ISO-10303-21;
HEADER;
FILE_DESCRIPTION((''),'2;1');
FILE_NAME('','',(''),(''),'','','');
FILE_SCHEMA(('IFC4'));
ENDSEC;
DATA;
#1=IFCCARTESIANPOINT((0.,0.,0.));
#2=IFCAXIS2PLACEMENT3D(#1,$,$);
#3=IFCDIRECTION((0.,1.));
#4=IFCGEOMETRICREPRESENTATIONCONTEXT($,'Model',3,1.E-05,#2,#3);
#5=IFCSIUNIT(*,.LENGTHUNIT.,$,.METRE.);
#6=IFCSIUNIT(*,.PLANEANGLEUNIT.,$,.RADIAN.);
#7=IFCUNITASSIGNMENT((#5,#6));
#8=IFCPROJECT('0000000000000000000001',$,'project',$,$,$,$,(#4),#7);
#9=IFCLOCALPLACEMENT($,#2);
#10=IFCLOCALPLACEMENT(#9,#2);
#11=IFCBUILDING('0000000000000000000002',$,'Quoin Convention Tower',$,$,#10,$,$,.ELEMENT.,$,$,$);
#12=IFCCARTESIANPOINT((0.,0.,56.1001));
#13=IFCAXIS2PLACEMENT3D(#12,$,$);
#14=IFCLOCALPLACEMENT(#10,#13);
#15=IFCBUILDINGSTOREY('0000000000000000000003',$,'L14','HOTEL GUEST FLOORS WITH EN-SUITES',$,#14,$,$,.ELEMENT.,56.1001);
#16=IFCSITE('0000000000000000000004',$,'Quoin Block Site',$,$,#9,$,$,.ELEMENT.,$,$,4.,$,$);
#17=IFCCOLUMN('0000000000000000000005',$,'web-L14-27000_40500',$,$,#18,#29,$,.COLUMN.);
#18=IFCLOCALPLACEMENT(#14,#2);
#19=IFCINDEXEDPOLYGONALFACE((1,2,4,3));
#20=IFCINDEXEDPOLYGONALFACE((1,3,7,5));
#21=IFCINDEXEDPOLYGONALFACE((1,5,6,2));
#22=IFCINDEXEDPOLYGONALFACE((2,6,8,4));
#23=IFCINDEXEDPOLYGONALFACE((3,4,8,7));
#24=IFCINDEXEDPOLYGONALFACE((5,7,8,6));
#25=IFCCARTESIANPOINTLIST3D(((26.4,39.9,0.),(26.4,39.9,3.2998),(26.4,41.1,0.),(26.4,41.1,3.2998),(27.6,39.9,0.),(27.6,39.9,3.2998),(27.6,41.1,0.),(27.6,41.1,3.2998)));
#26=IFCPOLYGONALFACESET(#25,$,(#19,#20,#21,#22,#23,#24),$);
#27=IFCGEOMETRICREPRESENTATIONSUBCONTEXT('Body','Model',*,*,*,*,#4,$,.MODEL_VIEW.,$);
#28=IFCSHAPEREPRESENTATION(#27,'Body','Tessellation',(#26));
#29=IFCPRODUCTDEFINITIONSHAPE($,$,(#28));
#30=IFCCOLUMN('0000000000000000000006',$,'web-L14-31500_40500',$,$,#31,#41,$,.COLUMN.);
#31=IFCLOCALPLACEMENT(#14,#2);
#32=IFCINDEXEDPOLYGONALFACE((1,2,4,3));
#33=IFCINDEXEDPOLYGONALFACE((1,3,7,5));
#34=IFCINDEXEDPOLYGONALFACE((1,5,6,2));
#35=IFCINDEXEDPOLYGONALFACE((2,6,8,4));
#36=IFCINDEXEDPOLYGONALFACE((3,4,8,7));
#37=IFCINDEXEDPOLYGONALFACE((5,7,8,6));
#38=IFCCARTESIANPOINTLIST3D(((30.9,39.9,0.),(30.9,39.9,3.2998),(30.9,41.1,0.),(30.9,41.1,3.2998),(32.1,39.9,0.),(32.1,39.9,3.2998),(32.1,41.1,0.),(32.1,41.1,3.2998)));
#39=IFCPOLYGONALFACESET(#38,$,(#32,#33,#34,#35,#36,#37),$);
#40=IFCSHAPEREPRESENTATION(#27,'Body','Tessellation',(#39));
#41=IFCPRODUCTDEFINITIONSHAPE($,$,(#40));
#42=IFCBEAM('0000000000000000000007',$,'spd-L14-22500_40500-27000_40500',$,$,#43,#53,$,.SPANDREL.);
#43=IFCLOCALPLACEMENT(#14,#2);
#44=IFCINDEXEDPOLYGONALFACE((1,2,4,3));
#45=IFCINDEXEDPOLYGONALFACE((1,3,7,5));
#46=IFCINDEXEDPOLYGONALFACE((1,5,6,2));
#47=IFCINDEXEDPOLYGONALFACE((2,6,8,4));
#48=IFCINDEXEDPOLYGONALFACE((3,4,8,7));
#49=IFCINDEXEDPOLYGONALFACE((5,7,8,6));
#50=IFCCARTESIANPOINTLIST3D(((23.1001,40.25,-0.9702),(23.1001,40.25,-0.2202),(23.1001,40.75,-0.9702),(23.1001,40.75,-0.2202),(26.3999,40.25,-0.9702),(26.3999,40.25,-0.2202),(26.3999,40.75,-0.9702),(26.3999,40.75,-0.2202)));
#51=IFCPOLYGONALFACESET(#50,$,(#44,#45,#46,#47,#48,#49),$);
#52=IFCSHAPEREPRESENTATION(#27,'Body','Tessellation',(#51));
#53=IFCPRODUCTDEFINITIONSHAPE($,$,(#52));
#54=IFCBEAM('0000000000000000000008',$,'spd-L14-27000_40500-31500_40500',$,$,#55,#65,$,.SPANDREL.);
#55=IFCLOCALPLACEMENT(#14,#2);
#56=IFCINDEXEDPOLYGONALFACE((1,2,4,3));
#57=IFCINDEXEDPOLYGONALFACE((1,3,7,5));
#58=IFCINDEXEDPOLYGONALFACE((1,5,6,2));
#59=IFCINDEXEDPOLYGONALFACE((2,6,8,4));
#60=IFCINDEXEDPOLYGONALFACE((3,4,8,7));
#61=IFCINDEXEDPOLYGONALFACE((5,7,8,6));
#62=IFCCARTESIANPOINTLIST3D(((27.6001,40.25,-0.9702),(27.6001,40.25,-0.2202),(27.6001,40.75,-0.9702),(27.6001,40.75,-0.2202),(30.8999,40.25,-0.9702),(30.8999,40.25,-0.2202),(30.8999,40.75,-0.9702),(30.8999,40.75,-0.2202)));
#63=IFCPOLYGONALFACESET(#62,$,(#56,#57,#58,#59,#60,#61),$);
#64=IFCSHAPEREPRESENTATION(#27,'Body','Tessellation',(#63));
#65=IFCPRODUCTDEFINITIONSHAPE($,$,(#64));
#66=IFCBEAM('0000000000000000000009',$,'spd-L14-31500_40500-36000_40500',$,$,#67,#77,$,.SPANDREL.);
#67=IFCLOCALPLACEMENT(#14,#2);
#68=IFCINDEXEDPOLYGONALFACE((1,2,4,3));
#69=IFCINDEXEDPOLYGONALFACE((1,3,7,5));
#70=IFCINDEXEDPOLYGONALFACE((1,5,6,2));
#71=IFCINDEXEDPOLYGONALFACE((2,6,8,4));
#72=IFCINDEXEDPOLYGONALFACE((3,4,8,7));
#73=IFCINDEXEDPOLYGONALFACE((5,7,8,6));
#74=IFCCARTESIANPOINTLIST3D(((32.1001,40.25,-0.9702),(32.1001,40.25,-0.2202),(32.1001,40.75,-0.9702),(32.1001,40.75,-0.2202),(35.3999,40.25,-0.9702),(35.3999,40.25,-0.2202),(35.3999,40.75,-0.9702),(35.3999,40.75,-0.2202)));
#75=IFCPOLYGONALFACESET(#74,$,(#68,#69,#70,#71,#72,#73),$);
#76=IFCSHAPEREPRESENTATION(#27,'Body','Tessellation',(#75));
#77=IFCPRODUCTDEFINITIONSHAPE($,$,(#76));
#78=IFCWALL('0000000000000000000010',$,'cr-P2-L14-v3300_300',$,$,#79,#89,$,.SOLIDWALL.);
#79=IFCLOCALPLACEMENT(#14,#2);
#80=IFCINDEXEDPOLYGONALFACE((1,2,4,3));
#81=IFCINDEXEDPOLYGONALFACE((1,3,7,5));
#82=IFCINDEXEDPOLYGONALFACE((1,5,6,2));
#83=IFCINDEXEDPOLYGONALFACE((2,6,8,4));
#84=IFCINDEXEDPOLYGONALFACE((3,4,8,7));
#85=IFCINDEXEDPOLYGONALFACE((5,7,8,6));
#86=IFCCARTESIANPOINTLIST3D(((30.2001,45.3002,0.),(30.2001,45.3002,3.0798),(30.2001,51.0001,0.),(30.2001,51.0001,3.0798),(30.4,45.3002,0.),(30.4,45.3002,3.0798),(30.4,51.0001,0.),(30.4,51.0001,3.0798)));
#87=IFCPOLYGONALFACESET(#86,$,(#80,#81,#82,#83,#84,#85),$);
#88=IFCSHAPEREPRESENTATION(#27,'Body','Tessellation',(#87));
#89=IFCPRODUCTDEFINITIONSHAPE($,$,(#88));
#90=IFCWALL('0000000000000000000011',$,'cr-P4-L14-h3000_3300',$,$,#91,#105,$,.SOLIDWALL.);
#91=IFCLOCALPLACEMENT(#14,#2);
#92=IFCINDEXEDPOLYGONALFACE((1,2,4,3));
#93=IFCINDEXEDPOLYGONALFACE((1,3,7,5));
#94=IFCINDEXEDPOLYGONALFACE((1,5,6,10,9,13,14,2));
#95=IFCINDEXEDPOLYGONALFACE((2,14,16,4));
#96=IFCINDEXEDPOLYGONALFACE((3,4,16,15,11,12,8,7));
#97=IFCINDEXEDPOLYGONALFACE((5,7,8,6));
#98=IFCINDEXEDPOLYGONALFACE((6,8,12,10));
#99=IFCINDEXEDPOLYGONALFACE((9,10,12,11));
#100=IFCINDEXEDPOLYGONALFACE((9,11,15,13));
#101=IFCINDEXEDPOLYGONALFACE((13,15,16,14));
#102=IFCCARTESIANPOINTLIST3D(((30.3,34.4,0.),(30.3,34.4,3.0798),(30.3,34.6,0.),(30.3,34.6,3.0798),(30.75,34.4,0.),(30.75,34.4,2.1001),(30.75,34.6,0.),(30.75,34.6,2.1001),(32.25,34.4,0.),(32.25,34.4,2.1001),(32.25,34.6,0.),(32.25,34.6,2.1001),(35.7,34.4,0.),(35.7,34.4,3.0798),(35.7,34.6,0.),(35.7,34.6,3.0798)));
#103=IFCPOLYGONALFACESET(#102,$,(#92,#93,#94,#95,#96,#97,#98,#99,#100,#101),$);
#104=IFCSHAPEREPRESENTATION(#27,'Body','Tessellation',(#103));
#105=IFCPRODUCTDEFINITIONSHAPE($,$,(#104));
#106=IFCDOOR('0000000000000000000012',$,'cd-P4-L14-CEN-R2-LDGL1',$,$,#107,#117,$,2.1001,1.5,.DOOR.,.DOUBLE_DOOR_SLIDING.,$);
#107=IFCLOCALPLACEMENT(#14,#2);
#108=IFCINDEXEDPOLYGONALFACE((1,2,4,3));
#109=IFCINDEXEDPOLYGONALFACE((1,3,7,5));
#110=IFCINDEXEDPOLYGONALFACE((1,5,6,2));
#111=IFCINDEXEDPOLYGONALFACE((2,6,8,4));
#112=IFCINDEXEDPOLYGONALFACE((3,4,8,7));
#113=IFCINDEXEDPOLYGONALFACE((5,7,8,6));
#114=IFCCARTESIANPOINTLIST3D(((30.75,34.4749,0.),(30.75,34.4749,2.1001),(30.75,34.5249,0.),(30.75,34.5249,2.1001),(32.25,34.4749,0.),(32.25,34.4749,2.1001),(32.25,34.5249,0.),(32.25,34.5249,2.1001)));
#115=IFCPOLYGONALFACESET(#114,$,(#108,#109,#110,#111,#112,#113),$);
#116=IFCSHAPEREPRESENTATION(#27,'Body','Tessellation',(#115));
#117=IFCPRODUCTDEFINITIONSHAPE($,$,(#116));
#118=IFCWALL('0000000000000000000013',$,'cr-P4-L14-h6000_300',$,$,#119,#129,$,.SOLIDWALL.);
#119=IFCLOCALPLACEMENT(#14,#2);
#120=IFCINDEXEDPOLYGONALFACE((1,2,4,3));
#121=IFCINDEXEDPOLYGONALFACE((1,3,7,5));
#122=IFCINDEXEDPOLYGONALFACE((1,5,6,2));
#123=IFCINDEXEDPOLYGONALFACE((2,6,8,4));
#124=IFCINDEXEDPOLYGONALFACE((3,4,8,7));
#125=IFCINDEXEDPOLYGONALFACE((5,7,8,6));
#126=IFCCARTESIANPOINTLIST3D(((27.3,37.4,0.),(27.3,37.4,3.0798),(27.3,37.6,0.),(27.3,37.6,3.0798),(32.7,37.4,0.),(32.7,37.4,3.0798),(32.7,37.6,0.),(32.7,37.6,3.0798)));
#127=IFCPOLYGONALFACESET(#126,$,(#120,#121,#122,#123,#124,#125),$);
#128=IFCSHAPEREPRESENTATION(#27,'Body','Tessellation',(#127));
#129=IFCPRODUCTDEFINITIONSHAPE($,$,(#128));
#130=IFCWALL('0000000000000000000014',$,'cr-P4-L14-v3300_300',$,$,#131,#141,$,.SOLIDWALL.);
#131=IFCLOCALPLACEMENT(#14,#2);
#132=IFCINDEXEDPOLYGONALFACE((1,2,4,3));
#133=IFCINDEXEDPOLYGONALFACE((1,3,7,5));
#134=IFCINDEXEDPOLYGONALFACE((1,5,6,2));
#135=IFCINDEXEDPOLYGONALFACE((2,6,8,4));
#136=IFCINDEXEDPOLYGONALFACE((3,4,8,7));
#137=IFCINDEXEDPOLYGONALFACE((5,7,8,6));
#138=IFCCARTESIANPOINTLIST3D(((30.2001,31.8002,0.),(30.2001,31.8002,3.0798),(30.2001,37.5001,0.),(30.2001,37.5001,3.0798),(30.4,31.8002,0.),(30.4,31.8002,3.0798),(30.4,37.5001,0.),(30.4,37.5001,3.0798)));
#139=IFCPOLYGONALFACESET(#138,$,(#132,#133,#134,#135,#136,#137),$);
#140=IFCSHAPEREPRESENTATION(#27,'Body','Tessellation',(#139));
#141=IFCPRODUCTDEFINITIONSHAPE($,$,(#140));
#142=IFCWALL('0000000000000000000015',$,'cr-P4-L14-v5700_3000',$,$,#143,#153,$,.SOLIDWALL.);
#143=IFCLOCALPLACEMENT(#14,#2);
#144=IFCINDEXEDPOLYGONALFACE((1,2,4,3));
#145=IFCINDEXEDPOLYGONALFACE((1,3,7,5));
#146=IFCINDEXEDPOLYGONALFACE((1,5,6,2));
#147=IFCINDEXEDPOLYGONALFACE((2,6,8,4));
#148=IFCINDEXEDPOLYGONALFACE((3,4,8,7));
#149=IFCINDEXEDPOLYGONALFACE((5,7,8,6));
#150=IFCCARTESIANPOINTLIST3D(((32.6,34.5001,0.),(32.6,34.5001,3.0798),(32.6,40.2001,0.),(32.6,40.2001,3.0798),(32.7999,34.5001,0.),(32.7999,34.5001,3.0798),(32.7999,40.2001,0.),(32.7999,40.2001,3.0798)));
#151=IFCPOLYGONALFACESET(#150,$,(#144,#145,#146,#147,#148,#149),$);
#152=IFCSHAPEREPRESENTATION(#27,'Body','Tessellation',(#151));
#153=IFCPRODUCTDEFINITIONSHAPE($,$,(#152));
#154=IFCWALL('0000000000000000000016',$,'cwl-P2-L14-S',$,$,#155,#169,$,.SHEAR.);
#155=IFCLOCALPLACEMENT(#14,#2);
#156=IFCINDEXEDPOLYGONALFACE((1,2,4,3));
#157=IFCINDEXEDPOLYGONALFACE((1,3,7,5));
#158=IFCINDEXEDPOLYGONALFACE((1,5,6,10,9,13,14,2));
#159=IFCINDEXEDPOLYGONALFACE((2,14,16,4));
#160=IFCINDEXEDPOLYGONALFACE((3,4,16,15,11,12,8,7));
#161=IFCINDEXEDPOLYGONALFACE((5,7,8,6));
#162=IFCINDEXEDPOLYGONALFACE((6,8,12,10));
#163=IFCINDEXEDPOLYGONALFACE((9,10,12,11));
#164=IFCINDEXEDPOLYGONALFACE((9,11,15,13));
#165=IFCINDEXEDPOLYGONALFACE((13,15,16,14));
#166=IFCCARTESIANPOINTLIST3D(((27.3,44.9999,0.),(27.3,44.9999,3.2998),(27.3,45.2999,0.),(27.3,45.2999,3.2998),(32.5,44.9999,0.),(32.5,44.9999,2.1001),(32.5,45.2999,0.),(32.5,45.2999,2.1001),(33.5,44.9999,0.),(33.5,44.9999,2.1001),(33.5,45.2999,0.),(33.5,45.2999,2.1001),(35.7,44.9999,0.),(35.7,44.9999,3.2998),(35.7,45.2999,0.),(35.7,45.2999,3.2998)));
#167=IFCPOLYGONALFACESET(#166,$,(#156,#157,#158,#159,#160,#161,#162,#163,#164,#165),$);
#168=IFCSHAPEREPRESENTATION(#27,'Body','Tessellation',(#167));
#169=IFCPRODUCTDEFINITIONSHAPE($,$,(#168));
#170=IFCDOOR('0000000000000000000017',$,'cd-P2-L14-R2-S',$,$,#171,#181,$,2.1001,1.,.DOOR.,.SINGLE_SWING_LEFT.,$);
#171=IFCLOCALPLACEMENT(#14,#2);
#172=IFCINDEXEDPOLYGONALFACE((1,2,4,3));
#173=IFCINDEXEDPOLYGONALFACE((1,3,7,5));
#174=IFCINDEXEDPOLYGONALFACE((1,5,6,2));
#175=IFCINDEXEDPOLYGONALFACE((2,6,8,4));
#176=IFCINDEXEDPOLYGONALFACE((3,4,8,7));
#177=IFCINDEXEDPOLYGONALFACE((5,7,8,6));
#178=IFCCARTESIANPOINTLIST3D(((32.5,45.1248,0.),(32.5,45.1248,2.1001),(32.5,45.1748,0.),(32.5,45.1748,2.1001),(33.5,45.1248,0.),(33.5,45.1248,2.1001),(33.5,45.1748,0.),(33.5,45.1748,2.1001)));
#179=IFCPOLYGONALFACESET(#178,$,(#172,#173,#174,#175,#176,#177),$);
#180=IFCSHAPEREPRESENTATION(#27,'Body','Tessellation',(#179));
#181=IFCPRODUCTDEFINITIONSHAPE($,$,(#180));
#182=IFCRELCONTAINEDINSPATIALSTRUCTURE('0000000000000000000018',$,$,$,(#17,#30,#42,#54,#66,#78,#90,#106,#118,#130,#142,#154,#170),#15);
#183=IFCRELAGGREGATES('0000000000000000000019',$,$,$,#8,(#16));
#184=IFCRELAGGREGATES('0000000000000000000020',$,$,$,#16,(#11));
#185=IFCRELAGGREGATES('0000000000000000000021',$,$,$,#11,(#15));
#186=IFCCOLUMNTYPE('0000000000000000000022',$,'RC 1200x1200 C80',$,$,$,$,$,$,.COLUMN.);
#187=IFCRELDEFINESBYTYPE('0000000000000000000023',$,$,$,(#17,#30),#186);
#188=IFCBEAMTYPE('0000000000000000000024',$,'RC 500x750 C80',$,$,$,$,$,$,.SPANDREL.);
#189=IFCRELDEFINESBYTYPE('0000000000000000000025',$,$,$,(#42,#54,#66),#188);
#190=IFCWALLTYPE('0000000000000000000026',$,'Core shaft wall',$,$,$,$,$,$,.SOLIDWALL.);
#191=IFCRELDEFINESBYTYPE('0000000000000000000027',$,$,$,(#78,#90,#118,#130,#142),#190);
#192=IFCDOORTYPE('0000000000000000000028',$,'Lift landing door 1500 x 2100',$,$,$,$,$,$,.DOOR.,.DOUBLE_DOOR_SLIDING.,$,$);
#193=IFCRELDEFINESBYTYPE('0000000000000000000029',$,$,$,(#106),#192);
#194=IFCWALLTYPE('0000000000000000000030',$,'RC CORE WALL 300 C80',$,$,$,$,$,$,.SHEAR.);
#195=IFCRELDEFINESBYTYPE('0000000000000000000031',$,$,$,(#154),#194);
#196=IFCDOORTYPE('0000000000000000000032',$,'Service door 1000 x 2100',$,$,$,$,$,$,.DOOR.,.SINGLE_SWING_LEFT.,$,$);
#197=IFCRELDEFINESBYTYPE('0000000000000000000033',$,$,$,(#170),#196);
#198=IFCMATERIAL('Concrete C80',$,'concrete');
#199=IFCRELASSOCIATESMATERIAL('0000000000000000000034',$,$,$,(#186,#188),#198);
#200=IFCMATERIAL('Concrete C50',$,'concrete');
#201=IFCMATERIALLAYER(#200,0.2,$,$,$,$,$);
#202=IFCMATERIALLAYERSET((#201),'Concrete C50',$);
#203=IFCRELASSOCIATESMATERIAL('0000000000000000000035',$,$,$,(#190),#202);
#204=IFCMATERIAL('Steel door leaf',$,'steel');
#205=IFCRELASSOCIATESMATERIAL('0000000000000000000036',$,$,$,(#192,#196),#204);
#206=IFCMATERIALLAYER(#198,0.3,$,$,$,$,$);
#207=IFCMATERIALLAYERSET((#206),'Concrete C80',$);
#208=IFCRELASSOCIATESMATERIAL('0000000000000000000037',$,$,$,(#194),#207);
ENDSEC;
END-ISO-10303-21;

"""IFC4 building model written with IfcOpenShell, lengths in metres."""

from ifc_helpers import new_model, si_unit, direction, frame, frame_2d, origin, origin_2d, place, context, subcontext, project, spatial, rectangle, extrude, material, layer, layer_set, material_profile, profile_set, type_object, element, fill, save


model = new_model("IFC4")

# Units and contexts
model_context = context("Model", 3, precision=1e-05, world=origin(), true_north=direction((0.0, 1.0)))
body_context = subcontext(model_context, "Body", "Model", "MODEL_VIEW")
ifc_project = project(units=[si_unit("LENGTHUNIT", "METRE"), si_unit("PLANEANGLEUNIT", "RADIAN")], contexts=[model_context])

# Site, building, storey
site_placement = place(None, origin())
site = spatial("IfcSite", under=ifc_project, at=site_placement, Name="Quoin Block Site", CompositionType="ELEMENT", RefElevation=4.0)
building_placement = place(site_placement, origin())
building = spatial("IfcBuilding", under=site, at=building_placement, Name="Quoin Convention Tower", CompositionType="ELEMENT")
storey_placement = place(building_placement, frame((0.0, 0.0, 56.1001)))
storey = spatial("IfcBuildingStorey", under=building, at=storey_placement, Name="L14", Description="HOTEL GUEST FLOORS WITH EN-SUITES", CompositionType="ELEMENT", Elevation=56.1001)

# Columns
ifc_material_1 = material(Name="Concrete C80", Category="concrete")
ifc_material_profile_1 = material_profile(ifc_material_1, rectangle(XDim=1.2, YDim=1.2, at=origin_2d()), Name="RC 1200x1200")
ifc_profile_set_1 = profile_set([ifc_material_profile_1], Name="Concrete C80")
column_type = type_object("IfcColumnType", Name="RC 1200x1200 C80", PredefinedType="COLUMN", material=ifc_profile_set_1)
for number, where, z_axis, x_axis, name in (
    (1, (27.0, 40.5, 0.0), (0.0, 0.0, 1.0), (1.0, 0.0, 0.0), "web-L14-27000_40500"),
    (2, (31.5, 40.5, 0.0), (0.0, 0.0, 1.0), (1.0, 0.0, 0.0), "web-L14-31500_40500"),
):
    element("IfcColumn", number, at=place(storey_placement, frame(where, z_axis=z_axis, x_axis=x_axis)), inside=storey, type_object=column_type, Name=name, PredefinedType="COLUMN", context=body_context, shape_type="SweptSolid", body=[
        extrude(rectangle(XDim=1.2, YDim=1.2, at=origin_2d()), origin(), (0.0, 0.0, 1.0), 3.2998),
    ])

# Beams
ifc_material_profile_2 = material_profile(ifc_material_1, rectangle(XDim=0.5, YDim=0.75, at=origin_2d()), Name="RC 500x750")
ifc_profile_set_2 = profile_set([ifc_material_profile_2], Name="Concrete C80")
beam_type = type_object("IfcBeamType", Name="RC 500x750 C80", PredefinedType="SPANDREL", material=ifc_profile_set_2)
for number, where, z_axis, x_axis, name in (
    (3, (23.1001, 40.5, -0.5952), (1.0, 0.0, 0.0), (0.0, 1.0, 0.0), "spd-L14-22500_40500-27000_40500"),
    (4, (27.6001, 40.5, -0.5952), (1.0, 0.0, 0.0), (0.0, 1.0, 0.0), "spd-L14-27000_40500-31500_40500"),
    (5, (32.1001, 40.5, -0.5952), (1.0, 0.0, 0.0), (0.0, 1.0, 0.0), "spd-L14-31500_40500-36000_40500"),
):
    element("IfcBeam", number, at=place(storey_placement, frame(where, z_axis=z_axis, x_axis=x_axis)), inside=storey, type_object=beam_type, Name=name, PredefinedType="SPANDREL", context=body_context, shape_type="SweptSolid", body=[
        extrude(rectangle(XDim=0.5, YDim=0.75, at=origin_2d()), origin(), (0.0, 0.0, 1.0), 3.2998),
    ])

# Wall
ifc_material_2 = material(Name="Concrete C50", Category="concrete")
ifc_layer_1 = layer(ifc_material_2, 0.2)
ifc_layer_set_1 = layer_set([ifc_layer_1], Name="Concrete C50")
wall_type_1 = type_object("IfcWallType", Name="Core shaft wall", PredefinedType="SOLIDWALL", material=ifc_layer_set_1)
wall_1_placement = place(storey_placement, frame((30.3, 45.3, 0.0), z_axis=(0.0, 0.0, 1.0), x_axis=(0.0, 1.0, 0.0)))
element("IfcWall", 6, at=wall_1_placement, inside=storey, type_object=wall_type_1, Name="cr-P2-L14-v3300_300", PredefinedType="SOLIDWALL", context=body_context, shape_type="SweptSolid", body=[
    extrude(rectangle(XDim=5.7, YDim=0.2, at=frame_2d((2.8501, 0.0))), origin(), (0.0, 0.0, 1.0), 3.0798),
])

# Wall, opening, door
wall_2_placement = place(storey_placement, frame((30.3, 34.5, 0.0), z_axis=(0.0, 0.0, 1.0), x_axis=(1.0, 0.0, 0.0)))
wall_2 = element("IfcWall", 7, at=wall_2_placement, inside=storey, type_object=wall_type_1, Name="cr-P4-L14-h3000_3300", PredefinedType="SOLIDWALL", context=body_context, shape_type="SweptSolid", body=[
    extrude(rectangle(XDim=5.3999, YDim=0.2, at=frame_2d((2.7, 0.0))), origin(), (0.0, 0.0, 1.0), 3.0798),
])
opening_1_placement = place(wall_2_placement, frame((0.45, 0.0, 0.0)))
opening_1 = element("IfcOpeningElement", 8, at=opening_1_placement, cuts=wall_2, PredefinedType="OPENING", context=body_context, shape_type="SweptSolid", body=[
    extrude(rectangle(XDim=1.5, YDim=2.1001, at=frame_2d((0.75, 1.05))), frame((0.0, 0.1099, 0.0), z_axis=(0.0, -1.0, 0.0), x_axis=(1.0, 0.0, 0.0)), (0.0, 0.0, 1.0), 0.22),
])
ifc_material_3 = material(Name="Steel door leaf", Category="steel")
door_type_1 = type_object("IfcDoorType", Name="Lift landing door 1500 x 2100", OperationType="DOUBLE_DOOR_SLIDING", PredefinedType="DOOR", material=ifc_material_3)
door_1_placement = place(opening_1_placement, origin())
door_1 = element("IfcDoor", 9, at=door_1_placement, inside=storey, type_object=door_type_1, Name="cd-P4-L14-CEN-R2-LDGL1", OperationType="DOUBLE_DOOR_SLIDING", OverallHeight=2.1001, OverallWidth=1.5, PredefinedType="DOOR", context=body_context, shape_type="SweptSolid", body=[
    extrude(rectangle(XDim=1.5, YDim=2.1001, at=frame_2d((0.75, 1.05))), frame((0.0, 0.0249, 0.0), z_axis=(0.0, -1.0, 0.0), x_axis=(1.0, 0.0, 0.0)), (0.0, 0.0, 1.0), 0.05),
])
fill(opening_1, door_1)

# Walls
wall_3_placement = place(storey_placement, frame((27.3, 37.5, 0.0), z_axis=(0.0, 0.0, 1.0), x_axis=(1.0, 0.0, 0.0)))
element("IfcWall", 10, at=wall_3_placement, inside=storey, type_object=wall_type_1, Name="cr-P4-L14-h6000_300", PredefinedType="SOLIDWALL", context=body_context, shape_type="SweptSolid", body=[
    extrude(rectangle(XDim=5.3999, YDim=0.2, at=frame_2d((2.7, 0.0))), origin(), (0.0, 0.0, 1.0), 3.0798),
])
for number, where, z_axis, x_axis, name in (
    (11, (30.3, 31.8, 0.0), (0.0, 0.0, 1.0), (0.0, 1.0, 0.0), "cr-P4-L14-v3300_300"),
    (12, (32.7, 34.5, 0.0), (0.0, 0.0, 1.0), (0.0, 1.0, 0.0), "cr-P4-L14-v5700_3000"),
):
    element("IfcWall", number, at=place(storey_placement, frame(where, z_axis=z_axis, x_axis=x_axis)), inside=storey, type_object=wall_type_1, Name=name, PredefinedType="SOLIDWALL", context=body_context, shape_type="SweptSolid", body=[
        extrude(rectangle(XDim=5.7, YDim=0.2, at=frame_2d((2.8501, 0.0))), origin(), (0.0, 0.0, 1.0), 3.0798),
    ])

# Wall, opening, door
ifc_layer_2 = layer(ifc_material_1, 0.3)
ifc_layer_set_2 = layer_set([ifc_layer_2], Name="Concrete C80")
wall_type_2 = type_object("IfcWallType", Name="RC CORE WALL 300 C80", PredefinedType="SHEAR", material=ifc_layer_set_2)
wall_4_placement = place(storey_placement, frame((27.3, 45.1499, 0.0), z_axis=(0.0, 0.0, 1.0), x_axis=(1.0, 0.0, 0.0)))
wall_4 = element("IfcWall", 13, at=wall_4_placement, inside=storey, type_object=wall_type_2, Name="cwl-P2-L14-S", PredefinedType="SHEAR", context=body_context, shape_type="SweptSolid", body=[
    extrude(rectangle(XDim=8.3999, YDim=0.3, at=frame_2d((4.2, 0.0))), origin(), (0.0, 0.0, 1.0), 3.2998),
])
opening_2_placement = place(wall_4_placement, frame((5.2, 0.0, 0.0)))
opening_2 = element("IfcOpeningElement", 14, at=opening_2_placement, cuts=wall_4, PredefinedType="OPENING", context=body_context, shape_type="SweptSolid", body=[
    extrude(rectangle(XDim=1.0, YDim=2.1001, at=frame_2d((0.5, 1.05))), frame((0.0, 0.1599, 0.0), z_axis=(0.0, -1.0, 0.0), x_axis=(1.0, 0.0, 0.0)), (0.0, 0.0, 1.0), 0.3201),
])
door_type_2 = type_object("IfcDoorType", Name="Service door 1000 x 2100", OperationType="SINGLE_SWING_LEFT", PredefinedType="DOOR", material=ifc_material_3)
door_2_placement = place(opening_2_placement, origin())
door_2 = element("IfcDoor", 15, at=door_2_placement, inside=storey, type_object=door_type_2, Name="cd-P2-L14-R2-S", OperationType="SINGLE_SWING_LEFT", OverallHeight=2.1001, OverallWidth=1.0, PredefinedType="DOOR", context=body_context, shape_type="SweptSolid", body=[
    extrude(rectangle(XDim=1.0, YDim=2.1001, at=frame_2d((0.5, 1.05))), frame((0.0, 0.0249, 0.0), z_axis=(0.0, -1.0, 0.0), x_axis=(1.0, 0.0, 0.0)), (0.0, 0.0, 1.0), 0.05),
])
fill(opening_2, door_2)

save(model, "model.ifc")
